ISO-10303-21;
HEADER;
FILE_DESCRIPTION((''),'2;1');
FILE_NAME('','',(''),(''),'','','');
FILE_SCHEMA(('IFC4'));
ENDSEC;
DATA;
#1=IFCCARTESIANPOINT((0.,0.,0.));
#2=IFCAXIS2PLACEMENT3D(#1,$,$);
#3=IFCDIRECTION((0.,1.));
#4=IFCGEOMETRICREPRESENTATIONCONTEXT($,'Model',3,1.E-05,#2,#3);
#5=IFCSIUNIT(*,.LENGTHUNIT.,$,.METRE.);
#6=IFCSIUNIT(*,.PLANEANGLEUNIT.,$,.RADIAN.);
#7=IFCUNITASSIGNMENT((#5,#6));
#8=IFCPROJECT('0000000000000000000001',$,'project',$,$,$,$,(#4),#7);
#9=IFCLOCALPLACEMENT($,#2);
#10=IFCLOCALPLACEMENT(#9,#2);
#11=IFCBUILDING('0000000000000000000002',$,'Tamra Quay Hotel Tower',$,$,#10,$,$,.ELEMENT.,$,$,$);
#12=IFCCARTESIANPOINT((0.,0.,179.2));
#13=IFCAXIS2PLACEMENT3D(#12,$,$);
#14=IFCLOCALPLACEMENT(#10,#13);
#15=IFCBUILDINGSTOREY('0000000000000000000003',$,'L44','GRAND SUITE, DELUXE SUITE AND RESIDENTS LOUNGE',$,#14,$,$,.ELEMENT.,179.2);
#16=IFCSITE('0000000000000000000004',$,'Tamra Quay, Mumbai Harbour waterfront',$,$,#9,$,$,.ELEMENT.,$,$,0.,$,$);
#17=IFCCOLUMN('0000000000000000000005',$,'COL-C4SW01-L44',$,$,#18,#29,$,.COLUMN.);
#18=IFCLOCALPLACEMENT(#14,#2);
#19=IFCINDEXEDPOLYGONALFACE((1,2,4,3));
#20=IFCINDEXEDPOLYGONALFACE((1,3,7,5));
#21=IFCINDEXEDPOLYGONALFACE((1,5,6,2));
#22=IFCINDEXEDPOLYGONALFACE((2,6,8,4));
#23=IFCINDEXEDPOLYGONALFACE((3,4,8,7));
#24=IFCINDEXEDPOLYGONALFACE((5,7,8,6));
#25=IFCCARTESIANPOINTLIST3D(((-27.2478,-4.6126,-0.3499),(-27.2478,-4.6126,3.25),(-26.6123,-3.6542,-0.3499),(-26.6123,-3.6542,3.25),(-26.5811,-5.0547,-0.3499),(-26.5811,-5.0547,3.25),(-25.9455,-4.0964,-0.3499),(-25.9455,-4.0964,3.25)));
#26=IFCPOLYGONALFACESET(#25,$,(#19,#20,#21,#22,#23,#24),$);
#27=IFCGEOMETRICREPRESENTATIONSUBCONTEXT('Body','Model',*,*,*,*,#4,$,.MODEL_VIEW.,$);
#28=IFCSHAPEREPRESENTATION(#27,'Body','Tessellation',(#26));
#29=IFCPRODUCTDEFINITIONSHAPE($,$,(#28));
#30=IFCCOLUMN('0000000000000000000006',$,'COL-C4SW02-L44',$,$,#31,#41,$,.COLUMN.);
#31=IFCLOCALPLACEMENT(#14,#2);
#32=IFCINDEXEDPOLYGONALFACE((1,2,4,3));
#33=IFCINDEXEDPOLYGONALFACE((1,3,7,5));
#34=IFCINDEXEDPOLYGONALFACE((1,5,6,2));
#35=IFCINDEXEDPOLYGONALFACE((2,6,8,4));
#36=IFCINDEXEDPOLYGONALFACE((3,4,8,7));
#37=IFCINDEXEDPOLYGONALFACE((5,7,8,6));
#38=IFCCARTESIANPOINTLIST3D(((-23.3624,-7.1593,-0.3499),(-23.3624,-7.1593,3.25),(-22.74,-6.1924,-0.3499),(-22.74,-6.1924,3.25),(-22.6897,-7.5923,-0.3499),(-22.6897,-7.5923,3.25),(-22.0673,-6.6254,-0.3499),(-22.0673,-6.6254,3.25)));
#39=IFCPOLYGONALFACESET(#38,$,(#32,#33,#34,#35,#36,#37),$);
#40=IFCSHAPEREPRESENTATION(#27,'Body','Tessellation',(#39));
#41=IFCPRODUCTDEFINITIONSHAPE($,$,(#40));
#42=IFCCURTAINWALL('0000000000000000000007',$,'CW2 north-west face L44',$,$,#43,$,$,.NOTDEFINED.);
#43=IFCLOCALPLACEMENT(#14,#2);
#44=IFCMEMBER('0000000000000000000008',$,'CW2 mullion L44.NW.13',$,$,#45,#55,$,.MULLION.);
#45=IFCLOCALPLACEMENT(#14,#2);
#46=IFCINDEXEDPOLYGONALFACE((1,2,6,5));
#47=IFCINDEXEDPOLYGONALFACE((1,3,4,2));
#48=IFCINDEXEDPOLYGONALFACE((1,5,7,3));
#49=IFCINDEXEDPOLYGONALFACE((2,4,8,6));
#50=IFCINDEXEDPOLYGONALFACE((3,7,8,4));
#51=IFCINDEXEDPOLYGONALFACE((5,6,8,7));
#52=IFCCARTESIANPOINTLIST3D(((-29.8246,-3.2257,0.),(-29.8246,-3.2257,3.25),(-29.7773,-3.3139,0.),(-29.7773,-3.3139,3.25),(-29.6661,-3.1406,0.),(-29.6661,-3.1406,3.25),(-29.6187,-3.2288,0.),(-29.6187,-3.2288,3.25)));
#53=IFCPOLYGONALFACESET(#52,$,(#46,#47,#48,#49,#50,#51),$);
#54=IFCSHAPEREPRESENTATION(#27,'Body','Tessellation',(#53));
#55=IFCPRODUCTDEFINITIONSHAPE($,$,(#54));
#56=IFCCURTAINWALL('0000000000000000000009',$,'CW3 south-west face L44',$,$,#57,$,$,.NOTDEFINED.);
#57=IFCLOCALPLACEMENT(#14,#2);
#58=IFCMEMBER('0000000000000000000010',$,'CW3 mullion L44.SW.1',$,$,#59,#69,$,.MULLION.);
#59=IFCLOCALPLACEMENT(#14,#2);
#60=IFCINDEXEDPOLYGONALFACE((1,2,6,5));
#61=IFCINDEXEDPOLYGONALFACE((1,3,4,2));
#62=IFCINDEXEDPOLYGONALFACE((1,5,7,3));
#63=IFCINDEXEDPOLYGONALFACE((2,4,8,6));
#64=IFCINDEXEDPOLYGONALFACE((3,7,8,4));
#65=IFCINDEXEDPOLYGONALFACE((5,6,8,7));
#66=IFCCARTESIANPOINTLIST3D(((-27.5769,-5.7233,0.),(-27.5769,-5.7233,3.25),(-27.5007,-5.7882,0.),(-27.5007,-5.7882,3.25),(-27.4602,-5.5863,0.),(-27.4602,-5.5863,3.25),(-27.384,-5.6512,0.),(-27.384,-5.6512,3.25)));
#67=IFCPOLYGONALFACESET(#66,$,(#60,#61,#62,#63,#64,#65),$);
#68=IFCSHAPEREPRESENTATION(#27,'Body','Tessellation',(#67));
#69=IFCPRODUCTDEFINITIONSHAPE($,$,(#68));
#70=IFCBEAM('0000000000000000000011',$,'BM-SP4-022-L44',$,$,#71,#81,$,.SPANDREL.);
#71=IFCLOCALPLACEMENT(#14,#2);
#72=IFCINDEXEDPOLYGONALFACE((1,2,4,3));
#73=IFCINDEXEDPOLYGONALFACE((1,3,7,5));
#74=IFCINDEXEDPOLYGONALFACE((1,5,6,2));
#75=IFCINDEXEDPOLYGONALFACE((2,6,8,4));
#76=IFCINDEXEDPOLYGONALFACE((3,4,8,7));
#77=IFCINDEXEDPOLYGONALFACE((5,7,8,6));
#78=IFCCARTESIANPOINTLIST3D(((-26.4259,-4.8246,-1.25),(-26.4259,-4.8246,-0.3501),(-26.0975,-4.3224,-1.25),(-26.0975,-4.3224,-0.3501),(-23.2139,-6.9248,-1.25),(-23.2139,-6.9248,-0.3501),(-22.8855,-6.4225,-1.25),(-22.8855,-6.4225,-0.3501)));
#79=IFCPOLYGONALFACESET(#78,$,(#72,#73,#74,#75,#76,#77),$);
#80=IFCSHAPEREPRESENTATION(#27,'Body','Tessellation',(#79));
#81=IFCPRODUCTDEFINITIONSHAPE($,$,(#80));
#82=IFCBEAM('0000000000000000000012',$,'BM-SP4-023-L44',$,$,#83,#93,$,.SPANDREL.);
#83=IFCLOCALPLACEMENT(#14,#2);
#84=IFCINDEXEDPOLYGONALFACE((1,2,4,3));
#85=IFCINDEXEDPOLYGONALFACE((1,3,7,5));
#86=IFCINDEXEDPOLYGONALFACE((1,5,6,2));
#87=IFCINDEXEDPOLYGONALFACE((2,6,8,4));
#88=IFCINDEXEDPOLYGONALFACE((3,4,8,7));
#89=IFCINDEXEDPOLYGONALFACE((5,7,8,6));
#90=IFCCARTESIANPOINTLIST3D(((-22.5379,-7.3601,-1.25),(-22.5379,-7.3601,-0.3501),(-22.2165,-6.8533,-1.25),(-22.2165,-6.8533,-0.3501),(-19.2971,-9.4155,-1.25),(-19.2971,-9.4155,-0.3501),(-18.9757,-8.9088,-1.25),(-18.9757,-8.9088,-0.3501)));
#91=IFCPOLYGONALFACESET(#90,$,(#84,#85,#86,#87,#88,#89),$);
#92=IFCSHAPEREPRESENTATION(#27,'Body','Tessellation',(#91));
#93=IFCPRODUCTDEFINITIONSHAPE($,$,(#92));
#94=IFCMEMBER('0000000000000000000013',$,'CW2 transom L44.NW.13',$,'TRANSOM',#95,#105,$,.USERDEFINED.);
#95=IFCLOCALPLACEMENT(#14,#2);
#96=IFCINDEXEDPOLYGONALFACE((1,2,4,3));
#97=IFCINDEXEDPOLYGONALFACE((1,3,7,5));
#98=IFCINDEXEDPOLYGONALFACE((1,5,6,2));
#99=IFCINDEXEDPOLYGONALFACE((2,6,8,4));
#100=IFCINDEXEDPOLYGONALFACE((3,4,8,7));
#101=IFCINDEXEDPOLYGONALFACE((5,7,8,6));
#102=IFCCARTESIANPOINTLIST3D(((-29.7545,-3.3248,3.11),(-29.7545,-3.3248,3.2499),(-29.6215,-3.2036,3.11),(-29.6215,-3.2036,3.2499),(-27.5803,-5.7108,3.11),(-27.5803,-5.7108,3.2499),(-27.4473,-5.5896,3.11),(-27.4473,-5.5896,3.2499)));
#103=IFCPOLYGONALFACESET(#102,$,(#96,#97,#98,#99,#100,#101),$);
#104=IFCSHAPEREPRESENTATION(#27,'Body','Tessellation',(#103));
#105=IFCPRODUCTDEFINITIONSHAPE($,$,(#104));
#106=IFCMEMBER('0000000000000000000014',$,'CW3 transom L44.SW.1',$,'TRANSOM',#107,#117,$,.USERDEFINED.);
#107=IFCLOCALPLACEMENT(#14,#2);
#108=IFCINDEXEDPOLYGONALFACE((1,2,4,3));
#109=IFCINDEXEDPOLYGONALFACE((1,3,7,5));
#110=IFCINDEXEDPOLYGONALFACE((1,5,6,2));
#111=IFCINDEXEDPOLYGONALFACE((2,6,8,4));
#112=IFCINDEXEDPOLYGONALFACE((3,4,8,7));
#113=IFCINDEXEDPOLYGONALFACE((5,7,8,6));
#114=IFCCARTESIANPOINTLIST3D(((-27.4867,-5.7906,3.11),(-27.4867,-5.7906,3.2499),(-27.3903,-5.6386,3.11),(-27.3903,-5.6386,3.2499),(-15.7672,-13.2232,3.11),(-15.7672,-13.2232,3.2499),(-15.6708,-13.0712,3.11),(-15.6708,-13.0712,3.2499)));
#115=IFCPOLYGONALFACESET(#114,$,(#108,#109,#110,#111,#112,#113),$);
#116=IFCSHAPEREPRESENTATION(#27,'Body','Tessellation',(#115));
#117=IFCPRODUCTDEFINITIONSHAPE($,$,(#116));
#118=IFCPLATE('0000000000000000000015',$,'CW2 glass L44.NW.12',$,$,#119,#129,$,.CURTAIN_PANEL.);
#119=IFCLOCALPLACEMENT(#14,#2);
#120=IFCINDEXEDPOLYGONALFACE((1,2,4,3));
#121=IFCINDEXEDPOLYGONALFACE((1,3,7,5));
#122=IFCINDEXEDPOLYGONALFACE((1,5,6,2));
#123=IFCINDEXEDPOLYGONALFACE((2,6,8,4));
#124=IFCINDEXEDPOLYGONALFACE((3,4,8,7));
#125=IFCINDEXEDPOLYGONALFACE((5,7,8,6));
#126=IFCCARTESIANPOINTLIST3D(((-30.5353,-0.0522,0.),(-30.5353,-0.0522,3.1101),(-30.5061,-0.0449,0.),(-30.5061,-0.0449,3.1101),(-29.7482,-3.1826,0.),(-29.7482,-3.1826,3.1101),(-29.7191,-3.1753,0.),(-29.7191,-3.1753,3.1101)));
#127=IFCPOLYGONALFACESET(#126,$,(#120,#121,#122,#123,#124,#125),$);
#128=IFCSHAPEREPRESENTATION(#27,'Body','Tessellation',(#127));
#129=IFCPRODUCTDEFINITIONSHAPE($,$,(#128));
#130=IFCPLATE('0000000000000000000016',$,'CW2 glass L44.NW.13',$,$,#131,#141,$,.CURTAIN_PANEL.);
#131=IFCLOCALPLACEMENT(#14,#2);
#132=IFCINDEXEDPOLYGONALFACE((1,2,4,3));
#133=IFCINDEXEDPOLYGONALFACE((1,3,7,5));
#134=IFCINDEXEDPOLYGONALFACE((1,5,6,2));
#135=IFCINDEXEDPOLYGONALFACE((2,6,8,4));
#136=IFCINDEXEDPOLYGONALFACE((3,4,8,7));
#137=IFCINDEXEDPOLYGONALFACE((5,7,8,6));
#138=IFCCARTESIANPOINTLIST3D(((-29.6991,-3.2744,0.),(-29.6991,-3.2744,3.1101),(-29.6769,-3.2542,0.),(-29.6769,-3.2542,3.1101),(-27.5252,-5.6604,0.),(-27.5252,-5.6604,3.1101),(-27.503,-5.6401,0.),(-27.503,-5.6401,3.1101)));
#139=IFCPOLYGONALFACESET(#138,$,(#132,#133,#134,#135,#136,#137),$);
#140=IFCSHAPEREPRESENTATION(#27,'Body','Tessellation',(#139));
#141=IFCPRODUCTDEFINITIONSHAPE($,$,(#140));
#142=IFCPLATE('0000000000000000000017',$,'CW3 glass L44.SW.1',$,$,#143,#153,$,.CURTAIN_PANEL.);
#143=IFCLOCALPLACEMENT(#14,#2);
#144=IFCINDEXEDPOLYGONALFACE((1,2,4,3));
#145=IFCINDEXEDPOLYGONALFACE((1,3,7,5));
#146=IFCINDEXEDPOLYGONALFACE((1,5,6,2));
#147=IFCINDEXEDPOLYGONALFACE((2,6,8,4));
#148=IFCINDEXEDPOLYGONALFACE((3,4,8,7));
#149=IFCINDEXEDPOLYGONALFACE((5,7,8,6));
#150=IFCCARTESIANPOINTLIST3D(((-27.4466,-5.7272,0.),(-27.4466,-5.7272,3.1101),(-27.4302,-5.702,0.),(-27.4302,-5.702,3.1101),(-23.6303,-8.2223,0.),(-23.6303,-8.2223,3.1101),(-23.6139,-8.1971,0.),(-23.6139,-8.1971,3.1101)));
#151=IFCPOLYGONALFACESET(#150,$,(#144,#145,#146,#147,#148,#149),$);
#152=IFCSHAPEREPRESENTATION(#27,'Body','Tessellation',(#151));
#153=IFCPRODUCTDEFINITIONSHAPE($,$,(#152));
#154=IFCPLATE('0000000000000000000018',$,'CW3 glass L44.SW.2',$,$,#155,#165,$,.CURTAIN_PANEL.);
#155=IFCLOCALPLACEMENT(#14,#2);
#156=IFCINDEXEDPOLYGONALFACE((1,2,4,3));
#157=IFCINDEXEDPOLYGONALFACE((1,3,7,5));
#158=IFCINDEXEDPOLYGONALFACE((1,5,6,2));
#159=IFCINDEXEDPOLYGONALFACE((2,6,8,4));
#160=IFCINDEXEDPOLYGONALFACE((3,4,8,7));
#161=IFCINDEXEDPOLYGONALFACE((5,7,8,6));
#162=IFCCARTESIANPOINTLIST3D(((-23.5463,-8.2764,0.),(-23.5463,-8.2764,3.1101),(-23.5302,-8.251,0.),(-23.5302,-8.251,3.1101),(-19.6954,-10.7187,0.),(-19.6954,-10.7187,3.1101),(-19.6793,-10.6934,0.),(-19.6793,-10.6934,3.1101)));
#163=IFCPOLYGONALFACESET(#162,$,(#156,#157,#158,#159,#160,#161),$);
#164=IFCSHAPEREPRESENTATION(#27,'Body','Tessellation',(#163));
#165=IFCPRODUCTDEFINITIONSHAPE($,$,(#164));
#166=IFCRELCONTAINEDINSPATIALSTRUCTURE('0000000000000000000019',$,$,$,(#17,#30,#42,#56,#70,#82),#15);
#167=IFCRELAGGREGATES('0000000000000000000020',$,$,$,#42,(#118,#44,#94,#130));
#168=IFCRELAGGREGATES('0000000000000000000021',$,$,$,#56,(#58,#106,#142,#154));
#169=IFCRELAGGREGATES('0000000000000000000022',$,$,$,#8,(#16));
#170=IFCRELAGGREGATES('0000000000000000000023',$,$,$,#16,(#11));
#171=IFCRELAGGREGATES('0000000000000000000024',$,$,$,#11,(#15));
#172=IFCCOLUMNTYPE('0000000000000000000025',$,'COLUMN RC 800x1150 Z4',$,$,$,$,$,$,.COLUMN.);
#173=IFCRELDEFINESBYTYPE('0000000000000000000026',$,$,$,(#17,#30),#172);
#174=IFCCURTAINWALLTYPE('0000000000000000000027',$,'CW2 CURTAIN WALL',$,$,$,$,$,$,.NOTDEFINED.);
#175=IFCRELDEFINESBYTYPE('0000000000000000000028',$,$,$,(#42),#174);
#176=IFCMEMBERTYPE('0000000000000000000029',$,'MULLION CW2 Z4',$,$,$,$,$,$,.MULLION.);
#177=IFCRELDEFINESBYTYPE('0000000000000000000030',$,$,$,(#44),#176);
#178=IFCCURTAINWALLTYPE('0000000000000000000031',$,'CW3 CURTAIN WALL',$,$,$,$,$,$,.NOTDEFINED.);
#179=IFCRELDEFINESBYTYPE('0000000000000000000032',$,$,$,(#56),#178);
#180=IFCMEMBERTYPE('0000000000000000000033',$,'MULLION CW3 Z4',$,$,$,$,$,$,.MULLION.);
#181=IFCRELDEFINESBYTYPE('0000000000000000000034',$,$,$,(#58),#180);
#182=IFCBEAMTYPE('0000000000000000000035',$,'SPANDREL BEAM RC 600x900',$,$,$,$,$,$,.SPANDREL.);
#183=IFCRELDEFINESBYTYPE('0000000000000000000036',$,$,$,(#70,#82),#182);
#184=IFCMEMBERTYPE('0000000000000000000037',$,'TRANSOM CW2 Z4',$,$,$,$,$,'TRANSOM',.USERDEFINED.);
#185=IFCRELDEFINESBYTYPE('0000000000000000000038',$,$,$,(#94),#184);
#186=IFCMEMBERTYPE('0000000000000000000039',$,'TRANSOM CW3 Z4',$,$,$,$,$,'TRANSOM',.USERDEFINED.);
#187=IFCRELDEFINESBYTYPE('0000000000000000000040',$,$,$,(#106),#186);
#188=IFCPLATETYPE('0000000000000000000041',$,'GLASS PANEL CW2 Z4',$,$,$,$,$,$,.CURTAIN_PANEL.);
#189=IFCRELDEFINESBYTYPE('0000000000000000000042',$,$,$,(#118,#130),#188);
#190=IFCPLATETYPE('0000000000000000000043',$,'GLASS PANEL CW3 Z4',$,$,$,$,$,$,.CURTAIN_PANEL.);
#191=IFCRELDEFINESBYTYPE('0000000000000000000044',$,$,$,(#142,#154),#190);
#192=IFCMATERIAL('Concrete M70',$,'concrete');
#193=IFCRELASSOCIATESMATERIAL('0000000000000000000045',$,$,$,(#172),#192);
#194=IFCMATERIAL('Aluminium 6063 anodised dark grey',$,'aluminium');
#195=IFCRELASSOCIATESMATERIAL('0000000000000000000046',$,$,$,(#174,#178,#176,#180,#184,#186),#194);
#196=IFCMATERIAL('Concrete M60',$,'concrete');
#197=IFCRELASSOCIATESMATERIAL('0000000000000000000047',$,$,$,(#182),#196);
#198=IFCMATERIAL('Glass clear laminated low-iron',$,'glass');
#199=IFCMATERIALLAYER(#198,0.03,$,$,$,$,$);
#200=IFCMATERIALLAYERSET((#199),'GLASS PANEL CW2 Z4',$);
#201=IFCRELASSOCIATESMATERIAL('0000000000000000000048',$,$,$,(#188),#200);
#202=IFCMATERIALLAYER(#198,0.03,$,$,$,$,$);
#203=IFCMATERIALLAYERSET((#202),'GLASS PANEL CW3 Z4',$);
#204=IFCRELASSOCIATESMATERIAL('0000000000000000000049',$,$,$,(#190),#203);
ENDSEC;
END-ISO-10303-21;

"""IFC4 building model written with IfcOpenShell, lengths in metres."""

from ifc_helpers import new_model, si_unit, direction, frame, origin, origin_2d, place, context, subcontext, project, spatial, rectangle, extrude, material, layer, layer_set, material_profile, profile_set, type_object, element, aggregate, save


model = new_model("IFC4")

# Units and contexts
model_context = context("Model", 3, precision=1e-05, world=origin(), true_north=direction((0.0, 1.0)))
body_context = subcontext(model_context, "Body", "Model", "MODEL_VIEW")
ifc_project = project(units=[si_unit("LENGTHUNIT", "METRE"), si_unit("PLANEANGLEUNIT", "RADIAN")], contexts=[model_context])

# Site, building, storey
site_placement = place(None, origin())
site = spatial("IfcSite", under=ifc_project, at=site_placement, Name="Tamra Quay, Mumbai Harbour waterfront", CompositionType="ELEMENT", RefElevation=0.0)
building_placement = place(site_placement, origin())
building = spatial("IfcBuilding", under=site, at=building_placement, Name="Tamra Quay Hotel Tower", CompositionType="ELEMENT")
storey_placement = place(building_placement, frame((0.0, 0.0, 179.2)))
storey = spatial("IfcBuildingStorey", under=building, at=storey_placement, Name="L44", Description="GRAND SUITE, DELUXE SUITE AND RESIDENTS LOUNGE", CompositionType="ELEMENT", Elevation=179.2)

# Columns
ifc_material_1 = material(Name="Concrete M70", Category="concrete")
ifc_material_profile_1 = material_profile(ifc_material_1, rectangle(XDim=1.1499, YDim=0.8, at=origin_2d()), Name="COLUMN RC 800x1150 Z4")
ifc_profile_set_1 = profile_set([ifc_material_profile_1], Name="Concrete M70")
column_type = type_object("IfcColumnType", Name="COLUMN RC 800x1150 Z4", PredefinedType="COLUMN", material=ifc_profile_set_1)
for number, where, z_axis, x_axis, name in (
    (1, (-26.5967, -4.3545, -0.3499), (0.0, 0.0, 1.0), (0.552666, 0.833403, 0.0), "COL-C4SW01-L44"),
    (2, (-22.7148, -6.8923, -0.3499), (0.0, 0.0, 1.0), (0.541283, 0.840841, 0.0), "COL-C4SW02-L44"),
):
    element("IfcColumn", number, at=place(storey_placement, frame(where, z_axis=z_axis, x_axis=x_axis)), inside=storey, type_object=column_type, Name=name, PredefinedType="COLUMN", context=body_context, shape_type="SweptSolid", body=[
        extrude(rectangle(XDim=1.1499, YDim=0.8, at=origin_2d()), origin(), (0.0, 0.0, 1.0), 3.5999),
    ])

# Curtain walls, members
ifc_material_2 = material(Name="Aluminium 6063 anodised dark grey", Category="aluminium")
curtain_wall_type_1 = type_object("IfcCurtainWallType", Name="CW2 CURTAIN WALL", PredefinedType="NOTDEFINED", material=ifc_material_2)
curtain_wall_1_placement = place(storey_placement, origin())
curtain_wall_1 = element("IfcCurtainWall", 3, at=curtain_wall_1_placement, inside=storey, type_object=curtain_wall_type_1, Name="CW2 north-west face L44", PredefinedType="NOTDEFINED")
ifc_material_profile_2 = material_profile(ifc_material_2, rectangle(XDim=0.1799, YDim=0.1001, at=origin_2d()), Name="MULLION 100X180")
ifc_profile_set_2 = profile_set([ifc_material_profile_2], Name="Aluminium 6063 anodised dark grey")
member_type_1 = type_object("IfcMemberType", Name="MULLION CW2 Z4", PredefinedType="MULLION", material=ifc_profile_set_2)
member_1_placement = place(storey_placement, frame((-29.7217, -3.2273, 0.0), z_axis=(0.0, 0.0, 1.0), x_axis=(-0.881098, -0.472935, 0.0)))
member_1 = element("IfcMember", 4, at=member_1_placement, type_object=member_type_1, Name="CW2 mullion L44.NW.13", PredefinedType="MULLION", context=body_context, shape_type="SweptSolid", body=[
    extrude(rectangle(XDim=0.1799, YDim=0.1001, at=origin_2d()), origin(), (0.0, 0.0, 1.0), 3.25),
])
curtain_wall_type_2 = type_object("IfcCurtainWallType", Name="CW3 CURTAIN WALL", PredefinedType="NOTDEFINED", material=ifc_material_2)
curtain_wall_2_placement = place(storey_placement, origin())
curtain_wall_2 = element("IfcCurtainWall", 5, at=curtain_wall_2_placement, inside=storey, type_object=curtain_wall_type_2, Name="CW3 south-west face L44", PredefinedType="NOTDEFINED")
ifc_material_profile_3 = material_profile(ifc_material_2, rectangle(XDim=0.1799, YDim=0.1001, at=origin_2d()), Name="MULLION 100X180")
ifc_profile_set_3 = profile_set([ifc_material_profile_3], Name="Aluminium 6063 anodised dark grey")
member_type_2 = type_object("IfcMemberType", Name="MULLION CW3 Z4", PredefinedType="MULLION", material=ifc_profile_set_3)
member_2_placement = place(storey_placement, frame((-27.4805, -5.6873, 0.0), z_axis=(0.0, 0.0, 1.0), x_axis=(-0.648381, -0.761316, 0.0)))
member_2 = element("IfcMember", 6, at=member_2_placement, type_object=member_type_2, Name="CW3 mullion L44.SW.1", PredefinedType="MULLION", context=body_context, shape_type="SweptSolid", body=[
    extrude(rectangle(XDim=0.1799, YDim=0.1001, at=origin_2d()), origin(), (0.0, 0.0, 1.0), 3.25),
])

# Beams
ifc_material_3 = material(Name="Concrete M60", Category="concrete")
ifc_material_profile_4 = material_profile(ifc_material_3, rectangle(XDim=0.6001, YDim=0.8999, at=origin_2d()), Name="SPANDREL BEAM RC 600x900")
ifc_profile_set_4 = profile_set([ifc_material_profile_4], Name="Concrete M60")
beam_type = type_object("IfcBeamType", Name="SPANDREL BEAM RC 600x900", PredefinedType="SPANDREL", material=ifc_profile_set_4)
for number, where, z_axis, x_axis, name in (
    (7, (-26.2617, -4.5735, -0.8), (0.83697, -0.547249, 0.0), (0.547249, 0.83697, 0.0), "BM-SP4-022-L44"),
    (8, (-22.3772, -7.1067, -0.8), (0.84447, -0.535603, 0.0), (0.535603, 0.84447, 0.0), "BM-SP4-023-L44"),
):
    element("IfcBeam", number, at=place(storey_placement, frame(where, z_axis=z_axis, x_axis=x_axis)), inside=storey, type_object=beam_type, Name=name, PredefinedType="SPANDREL", context=body_context, shape_type="SweptSolid", body=[
        extrude(rectangle(XDim=0.6001, YDim=0.8999, at=origin_2d()), origin(), (0.0, 0.0, 1.0), 3.8376),
    ])

# Members
ifc_material_profile_5 = material_profile(ifc_material_2, rectangle(XDim=0.1799, YDim=0.1399, at=origin_2d()), Name="TRANSOM 180X140")
ifc_profile_set_5 = profile_set([ifc_material_profile_5], Name="Aluminium 6063 anodised dark grey")
member_type_3 = type_object("IfcMemberType", Name="TRANSOM CW2 Z4", ElementType="TRANSOM", PredefinedType="USERDEFINED", material=ifc_profile_set_5)
member_3_placement = place(storey_placement, frame((-29.688, -3.2642, 3.1799), z_axis=(0.673519, -0.73917, 0.0), x_axis=(0.73917, 0.673519, 0.0)))
member_3 = element("IfcMember", 9, at=member_3_placement, type_object=member_type_3, Name="CW2 transom L44.NW.13", ObjectType="TRANSOM", PredefinedType="USERDEFINED", context=body_context, shape_type="SweptSolid", body=[
    extrude(rectangle(XDim=0.1799, YDim=0.1399, at=origin_2d()), origin(), (0.0, 0.0, 1.0), 3.228),
])
ifc_material_profile_6 = material_profile(ifc_material_2, rectangle(XDim=0.1799, YDim=0.1399, at=origin_2d()), Name="TRANSOM 180X140")
ifc_profile_set_6 = profile_set([ifc_material_profile_6], Name="Aluminium 6063 anodised dark grey")
member_type_4 = type_object("IfcMemberType", Name="TRANSOM CW3 Z4", ElementType="TRANSOM", PredefinedType="USERDEFINED", material=ifc_profile_set_6)
member_4_placement = place(storey_placement, frame((-27.4385, -5.7146, 3.1799), z_axis=(0.844484, -0.535581, 0.0), x_axis=(0.535581, 0.844484, 0.0)))
member_4 = element("IfcMember", 10, at=member_4_placement, type_object=member_type_4, Name="CW3 transom L44.SW.1", ObjectType="TRANSOM", PredefinedType="USERDEFINED", context=body_context, shape_type="SweptSolid", body=[
    extrude(rectangle(XDim=0.1799, YDim=0.1399, at=origin_2d()), origin(), (0.0, 0.0, 1.0), 13.8777),
])

# Plates
ifc_material_4 = material(Name="Glass clear laminated low-iron", Category="glass")
ifc_layer_1 = layer(ifc_material_4, 0.03)
ifc_layer_set_1 = layer_set([ifc_layer_1], Name="GLASS PANEL CW2 Z4")
plate_type_1 = type_object("IfcPlateType", Name="GLASS PANEL CW2 Z4", PredefinedType="CURTAIN_PANEL", material=ifc_layer_set_1)
plate_1_placement = place(storey_placement, frame((-30.1272, -1.6138, 0.0), z_axis=(0.0, 0.0, 1.0), x_axis=(0.243826, -0.969819, 0.0)))
plate_1 = element("IfcPlate", 11, at=plate_1_placement, type_object=plate_type_1, Name="CW2 glass L44.NW.12", PredefinedType="CURTAIN_PANEL", context=body_context, shape_type="SweptSolid", body=[
    extrude(rectangle(XDim=3.2278, YDim=0.03, at=origin_2d()), origin(), (0.0, 0.0, 1.0), 3.1101),
])
plate_2_placement = place(storey_placement, frame((-28.6011, -4.4573, 0.0), z_axis=(0.0, 0.0, 1.0), x_axis=(0.673496, -0.739191, 0.0)))
plate_2 = element("IfcPlate", 12, at=plate_2_placement, type_object=plate_type_1, Name="CW2 glass L44.NW.13", PredefinedType="CURTAIN_PANEL", context=body_context, shape_type="SweptSolid", body=[
    extrude(rectangle(XDim=3.2278, YDim=0.03, at=origin_2d()), origin(), (0.0, 0.0, 1.0), 3.1101),
])
aggregate(curtain_wall_1, [plate_1, member_1, member_3, plate_2])
ifc_layer_2 = layer(ifc_material_4, 0.03)
ifc_layer_set_2 = layer_set([ifc_layer_2], Name="GLASS PANEL CW3 Z4")
plate_type_2 = type_object("IfcPlateType", Name="GLASS PANEL CW3 Z4", PredefinedType="CURTAIN_PANEL", material=ifc_layer_set_2)
plate_3_placement = place(storey_placement, frame((-25.5303, -6.9622, 0.0), z_axis=(0.0, 0.0, 1.0), x_axis=(0.836986, -0.547224, 0.0)))
plate_3 = element("IfcPlate", 13, at=plate_3_placement, type_object=plate_type_2, Name="CW3 glass L44.SW.1", PredefinedType="CURTAIN_PANEL", context=body_context, shape_type="SweptSolid", body=[
    extrude(rectangle(XDim=4.5596, YDim=0.03, at=origin_2d()), origin(), (0.0, 0.0, 1.0), 3.1101),
])
plate_4_placement = place(storey_placement, frame((-21.6128, -9.4849, 0.0), z_axis=(0.0, 0.0, 1.0), x_axis=(0.844476, -0.535594, 0.0)))
plate_4 = element("IfcPlate", 14, at=plate_4_placement, type_object=plate_type_2, Name="CW3 glass L44.SW.2", PredefinedType="CURTAIN_PANEL", context=body_context, shape_type="SweptSolid", body=[
    extrude(rectangle(XDim=4.5601, YDim=0.03, at=origin_2d()), origin(), (0.0, 0.0, 1.0), 3.1101),
])
aggregate(curtain_wall_2, [member_2, member_4, plate_3, plate_4])

save(model, "model.ifc")
